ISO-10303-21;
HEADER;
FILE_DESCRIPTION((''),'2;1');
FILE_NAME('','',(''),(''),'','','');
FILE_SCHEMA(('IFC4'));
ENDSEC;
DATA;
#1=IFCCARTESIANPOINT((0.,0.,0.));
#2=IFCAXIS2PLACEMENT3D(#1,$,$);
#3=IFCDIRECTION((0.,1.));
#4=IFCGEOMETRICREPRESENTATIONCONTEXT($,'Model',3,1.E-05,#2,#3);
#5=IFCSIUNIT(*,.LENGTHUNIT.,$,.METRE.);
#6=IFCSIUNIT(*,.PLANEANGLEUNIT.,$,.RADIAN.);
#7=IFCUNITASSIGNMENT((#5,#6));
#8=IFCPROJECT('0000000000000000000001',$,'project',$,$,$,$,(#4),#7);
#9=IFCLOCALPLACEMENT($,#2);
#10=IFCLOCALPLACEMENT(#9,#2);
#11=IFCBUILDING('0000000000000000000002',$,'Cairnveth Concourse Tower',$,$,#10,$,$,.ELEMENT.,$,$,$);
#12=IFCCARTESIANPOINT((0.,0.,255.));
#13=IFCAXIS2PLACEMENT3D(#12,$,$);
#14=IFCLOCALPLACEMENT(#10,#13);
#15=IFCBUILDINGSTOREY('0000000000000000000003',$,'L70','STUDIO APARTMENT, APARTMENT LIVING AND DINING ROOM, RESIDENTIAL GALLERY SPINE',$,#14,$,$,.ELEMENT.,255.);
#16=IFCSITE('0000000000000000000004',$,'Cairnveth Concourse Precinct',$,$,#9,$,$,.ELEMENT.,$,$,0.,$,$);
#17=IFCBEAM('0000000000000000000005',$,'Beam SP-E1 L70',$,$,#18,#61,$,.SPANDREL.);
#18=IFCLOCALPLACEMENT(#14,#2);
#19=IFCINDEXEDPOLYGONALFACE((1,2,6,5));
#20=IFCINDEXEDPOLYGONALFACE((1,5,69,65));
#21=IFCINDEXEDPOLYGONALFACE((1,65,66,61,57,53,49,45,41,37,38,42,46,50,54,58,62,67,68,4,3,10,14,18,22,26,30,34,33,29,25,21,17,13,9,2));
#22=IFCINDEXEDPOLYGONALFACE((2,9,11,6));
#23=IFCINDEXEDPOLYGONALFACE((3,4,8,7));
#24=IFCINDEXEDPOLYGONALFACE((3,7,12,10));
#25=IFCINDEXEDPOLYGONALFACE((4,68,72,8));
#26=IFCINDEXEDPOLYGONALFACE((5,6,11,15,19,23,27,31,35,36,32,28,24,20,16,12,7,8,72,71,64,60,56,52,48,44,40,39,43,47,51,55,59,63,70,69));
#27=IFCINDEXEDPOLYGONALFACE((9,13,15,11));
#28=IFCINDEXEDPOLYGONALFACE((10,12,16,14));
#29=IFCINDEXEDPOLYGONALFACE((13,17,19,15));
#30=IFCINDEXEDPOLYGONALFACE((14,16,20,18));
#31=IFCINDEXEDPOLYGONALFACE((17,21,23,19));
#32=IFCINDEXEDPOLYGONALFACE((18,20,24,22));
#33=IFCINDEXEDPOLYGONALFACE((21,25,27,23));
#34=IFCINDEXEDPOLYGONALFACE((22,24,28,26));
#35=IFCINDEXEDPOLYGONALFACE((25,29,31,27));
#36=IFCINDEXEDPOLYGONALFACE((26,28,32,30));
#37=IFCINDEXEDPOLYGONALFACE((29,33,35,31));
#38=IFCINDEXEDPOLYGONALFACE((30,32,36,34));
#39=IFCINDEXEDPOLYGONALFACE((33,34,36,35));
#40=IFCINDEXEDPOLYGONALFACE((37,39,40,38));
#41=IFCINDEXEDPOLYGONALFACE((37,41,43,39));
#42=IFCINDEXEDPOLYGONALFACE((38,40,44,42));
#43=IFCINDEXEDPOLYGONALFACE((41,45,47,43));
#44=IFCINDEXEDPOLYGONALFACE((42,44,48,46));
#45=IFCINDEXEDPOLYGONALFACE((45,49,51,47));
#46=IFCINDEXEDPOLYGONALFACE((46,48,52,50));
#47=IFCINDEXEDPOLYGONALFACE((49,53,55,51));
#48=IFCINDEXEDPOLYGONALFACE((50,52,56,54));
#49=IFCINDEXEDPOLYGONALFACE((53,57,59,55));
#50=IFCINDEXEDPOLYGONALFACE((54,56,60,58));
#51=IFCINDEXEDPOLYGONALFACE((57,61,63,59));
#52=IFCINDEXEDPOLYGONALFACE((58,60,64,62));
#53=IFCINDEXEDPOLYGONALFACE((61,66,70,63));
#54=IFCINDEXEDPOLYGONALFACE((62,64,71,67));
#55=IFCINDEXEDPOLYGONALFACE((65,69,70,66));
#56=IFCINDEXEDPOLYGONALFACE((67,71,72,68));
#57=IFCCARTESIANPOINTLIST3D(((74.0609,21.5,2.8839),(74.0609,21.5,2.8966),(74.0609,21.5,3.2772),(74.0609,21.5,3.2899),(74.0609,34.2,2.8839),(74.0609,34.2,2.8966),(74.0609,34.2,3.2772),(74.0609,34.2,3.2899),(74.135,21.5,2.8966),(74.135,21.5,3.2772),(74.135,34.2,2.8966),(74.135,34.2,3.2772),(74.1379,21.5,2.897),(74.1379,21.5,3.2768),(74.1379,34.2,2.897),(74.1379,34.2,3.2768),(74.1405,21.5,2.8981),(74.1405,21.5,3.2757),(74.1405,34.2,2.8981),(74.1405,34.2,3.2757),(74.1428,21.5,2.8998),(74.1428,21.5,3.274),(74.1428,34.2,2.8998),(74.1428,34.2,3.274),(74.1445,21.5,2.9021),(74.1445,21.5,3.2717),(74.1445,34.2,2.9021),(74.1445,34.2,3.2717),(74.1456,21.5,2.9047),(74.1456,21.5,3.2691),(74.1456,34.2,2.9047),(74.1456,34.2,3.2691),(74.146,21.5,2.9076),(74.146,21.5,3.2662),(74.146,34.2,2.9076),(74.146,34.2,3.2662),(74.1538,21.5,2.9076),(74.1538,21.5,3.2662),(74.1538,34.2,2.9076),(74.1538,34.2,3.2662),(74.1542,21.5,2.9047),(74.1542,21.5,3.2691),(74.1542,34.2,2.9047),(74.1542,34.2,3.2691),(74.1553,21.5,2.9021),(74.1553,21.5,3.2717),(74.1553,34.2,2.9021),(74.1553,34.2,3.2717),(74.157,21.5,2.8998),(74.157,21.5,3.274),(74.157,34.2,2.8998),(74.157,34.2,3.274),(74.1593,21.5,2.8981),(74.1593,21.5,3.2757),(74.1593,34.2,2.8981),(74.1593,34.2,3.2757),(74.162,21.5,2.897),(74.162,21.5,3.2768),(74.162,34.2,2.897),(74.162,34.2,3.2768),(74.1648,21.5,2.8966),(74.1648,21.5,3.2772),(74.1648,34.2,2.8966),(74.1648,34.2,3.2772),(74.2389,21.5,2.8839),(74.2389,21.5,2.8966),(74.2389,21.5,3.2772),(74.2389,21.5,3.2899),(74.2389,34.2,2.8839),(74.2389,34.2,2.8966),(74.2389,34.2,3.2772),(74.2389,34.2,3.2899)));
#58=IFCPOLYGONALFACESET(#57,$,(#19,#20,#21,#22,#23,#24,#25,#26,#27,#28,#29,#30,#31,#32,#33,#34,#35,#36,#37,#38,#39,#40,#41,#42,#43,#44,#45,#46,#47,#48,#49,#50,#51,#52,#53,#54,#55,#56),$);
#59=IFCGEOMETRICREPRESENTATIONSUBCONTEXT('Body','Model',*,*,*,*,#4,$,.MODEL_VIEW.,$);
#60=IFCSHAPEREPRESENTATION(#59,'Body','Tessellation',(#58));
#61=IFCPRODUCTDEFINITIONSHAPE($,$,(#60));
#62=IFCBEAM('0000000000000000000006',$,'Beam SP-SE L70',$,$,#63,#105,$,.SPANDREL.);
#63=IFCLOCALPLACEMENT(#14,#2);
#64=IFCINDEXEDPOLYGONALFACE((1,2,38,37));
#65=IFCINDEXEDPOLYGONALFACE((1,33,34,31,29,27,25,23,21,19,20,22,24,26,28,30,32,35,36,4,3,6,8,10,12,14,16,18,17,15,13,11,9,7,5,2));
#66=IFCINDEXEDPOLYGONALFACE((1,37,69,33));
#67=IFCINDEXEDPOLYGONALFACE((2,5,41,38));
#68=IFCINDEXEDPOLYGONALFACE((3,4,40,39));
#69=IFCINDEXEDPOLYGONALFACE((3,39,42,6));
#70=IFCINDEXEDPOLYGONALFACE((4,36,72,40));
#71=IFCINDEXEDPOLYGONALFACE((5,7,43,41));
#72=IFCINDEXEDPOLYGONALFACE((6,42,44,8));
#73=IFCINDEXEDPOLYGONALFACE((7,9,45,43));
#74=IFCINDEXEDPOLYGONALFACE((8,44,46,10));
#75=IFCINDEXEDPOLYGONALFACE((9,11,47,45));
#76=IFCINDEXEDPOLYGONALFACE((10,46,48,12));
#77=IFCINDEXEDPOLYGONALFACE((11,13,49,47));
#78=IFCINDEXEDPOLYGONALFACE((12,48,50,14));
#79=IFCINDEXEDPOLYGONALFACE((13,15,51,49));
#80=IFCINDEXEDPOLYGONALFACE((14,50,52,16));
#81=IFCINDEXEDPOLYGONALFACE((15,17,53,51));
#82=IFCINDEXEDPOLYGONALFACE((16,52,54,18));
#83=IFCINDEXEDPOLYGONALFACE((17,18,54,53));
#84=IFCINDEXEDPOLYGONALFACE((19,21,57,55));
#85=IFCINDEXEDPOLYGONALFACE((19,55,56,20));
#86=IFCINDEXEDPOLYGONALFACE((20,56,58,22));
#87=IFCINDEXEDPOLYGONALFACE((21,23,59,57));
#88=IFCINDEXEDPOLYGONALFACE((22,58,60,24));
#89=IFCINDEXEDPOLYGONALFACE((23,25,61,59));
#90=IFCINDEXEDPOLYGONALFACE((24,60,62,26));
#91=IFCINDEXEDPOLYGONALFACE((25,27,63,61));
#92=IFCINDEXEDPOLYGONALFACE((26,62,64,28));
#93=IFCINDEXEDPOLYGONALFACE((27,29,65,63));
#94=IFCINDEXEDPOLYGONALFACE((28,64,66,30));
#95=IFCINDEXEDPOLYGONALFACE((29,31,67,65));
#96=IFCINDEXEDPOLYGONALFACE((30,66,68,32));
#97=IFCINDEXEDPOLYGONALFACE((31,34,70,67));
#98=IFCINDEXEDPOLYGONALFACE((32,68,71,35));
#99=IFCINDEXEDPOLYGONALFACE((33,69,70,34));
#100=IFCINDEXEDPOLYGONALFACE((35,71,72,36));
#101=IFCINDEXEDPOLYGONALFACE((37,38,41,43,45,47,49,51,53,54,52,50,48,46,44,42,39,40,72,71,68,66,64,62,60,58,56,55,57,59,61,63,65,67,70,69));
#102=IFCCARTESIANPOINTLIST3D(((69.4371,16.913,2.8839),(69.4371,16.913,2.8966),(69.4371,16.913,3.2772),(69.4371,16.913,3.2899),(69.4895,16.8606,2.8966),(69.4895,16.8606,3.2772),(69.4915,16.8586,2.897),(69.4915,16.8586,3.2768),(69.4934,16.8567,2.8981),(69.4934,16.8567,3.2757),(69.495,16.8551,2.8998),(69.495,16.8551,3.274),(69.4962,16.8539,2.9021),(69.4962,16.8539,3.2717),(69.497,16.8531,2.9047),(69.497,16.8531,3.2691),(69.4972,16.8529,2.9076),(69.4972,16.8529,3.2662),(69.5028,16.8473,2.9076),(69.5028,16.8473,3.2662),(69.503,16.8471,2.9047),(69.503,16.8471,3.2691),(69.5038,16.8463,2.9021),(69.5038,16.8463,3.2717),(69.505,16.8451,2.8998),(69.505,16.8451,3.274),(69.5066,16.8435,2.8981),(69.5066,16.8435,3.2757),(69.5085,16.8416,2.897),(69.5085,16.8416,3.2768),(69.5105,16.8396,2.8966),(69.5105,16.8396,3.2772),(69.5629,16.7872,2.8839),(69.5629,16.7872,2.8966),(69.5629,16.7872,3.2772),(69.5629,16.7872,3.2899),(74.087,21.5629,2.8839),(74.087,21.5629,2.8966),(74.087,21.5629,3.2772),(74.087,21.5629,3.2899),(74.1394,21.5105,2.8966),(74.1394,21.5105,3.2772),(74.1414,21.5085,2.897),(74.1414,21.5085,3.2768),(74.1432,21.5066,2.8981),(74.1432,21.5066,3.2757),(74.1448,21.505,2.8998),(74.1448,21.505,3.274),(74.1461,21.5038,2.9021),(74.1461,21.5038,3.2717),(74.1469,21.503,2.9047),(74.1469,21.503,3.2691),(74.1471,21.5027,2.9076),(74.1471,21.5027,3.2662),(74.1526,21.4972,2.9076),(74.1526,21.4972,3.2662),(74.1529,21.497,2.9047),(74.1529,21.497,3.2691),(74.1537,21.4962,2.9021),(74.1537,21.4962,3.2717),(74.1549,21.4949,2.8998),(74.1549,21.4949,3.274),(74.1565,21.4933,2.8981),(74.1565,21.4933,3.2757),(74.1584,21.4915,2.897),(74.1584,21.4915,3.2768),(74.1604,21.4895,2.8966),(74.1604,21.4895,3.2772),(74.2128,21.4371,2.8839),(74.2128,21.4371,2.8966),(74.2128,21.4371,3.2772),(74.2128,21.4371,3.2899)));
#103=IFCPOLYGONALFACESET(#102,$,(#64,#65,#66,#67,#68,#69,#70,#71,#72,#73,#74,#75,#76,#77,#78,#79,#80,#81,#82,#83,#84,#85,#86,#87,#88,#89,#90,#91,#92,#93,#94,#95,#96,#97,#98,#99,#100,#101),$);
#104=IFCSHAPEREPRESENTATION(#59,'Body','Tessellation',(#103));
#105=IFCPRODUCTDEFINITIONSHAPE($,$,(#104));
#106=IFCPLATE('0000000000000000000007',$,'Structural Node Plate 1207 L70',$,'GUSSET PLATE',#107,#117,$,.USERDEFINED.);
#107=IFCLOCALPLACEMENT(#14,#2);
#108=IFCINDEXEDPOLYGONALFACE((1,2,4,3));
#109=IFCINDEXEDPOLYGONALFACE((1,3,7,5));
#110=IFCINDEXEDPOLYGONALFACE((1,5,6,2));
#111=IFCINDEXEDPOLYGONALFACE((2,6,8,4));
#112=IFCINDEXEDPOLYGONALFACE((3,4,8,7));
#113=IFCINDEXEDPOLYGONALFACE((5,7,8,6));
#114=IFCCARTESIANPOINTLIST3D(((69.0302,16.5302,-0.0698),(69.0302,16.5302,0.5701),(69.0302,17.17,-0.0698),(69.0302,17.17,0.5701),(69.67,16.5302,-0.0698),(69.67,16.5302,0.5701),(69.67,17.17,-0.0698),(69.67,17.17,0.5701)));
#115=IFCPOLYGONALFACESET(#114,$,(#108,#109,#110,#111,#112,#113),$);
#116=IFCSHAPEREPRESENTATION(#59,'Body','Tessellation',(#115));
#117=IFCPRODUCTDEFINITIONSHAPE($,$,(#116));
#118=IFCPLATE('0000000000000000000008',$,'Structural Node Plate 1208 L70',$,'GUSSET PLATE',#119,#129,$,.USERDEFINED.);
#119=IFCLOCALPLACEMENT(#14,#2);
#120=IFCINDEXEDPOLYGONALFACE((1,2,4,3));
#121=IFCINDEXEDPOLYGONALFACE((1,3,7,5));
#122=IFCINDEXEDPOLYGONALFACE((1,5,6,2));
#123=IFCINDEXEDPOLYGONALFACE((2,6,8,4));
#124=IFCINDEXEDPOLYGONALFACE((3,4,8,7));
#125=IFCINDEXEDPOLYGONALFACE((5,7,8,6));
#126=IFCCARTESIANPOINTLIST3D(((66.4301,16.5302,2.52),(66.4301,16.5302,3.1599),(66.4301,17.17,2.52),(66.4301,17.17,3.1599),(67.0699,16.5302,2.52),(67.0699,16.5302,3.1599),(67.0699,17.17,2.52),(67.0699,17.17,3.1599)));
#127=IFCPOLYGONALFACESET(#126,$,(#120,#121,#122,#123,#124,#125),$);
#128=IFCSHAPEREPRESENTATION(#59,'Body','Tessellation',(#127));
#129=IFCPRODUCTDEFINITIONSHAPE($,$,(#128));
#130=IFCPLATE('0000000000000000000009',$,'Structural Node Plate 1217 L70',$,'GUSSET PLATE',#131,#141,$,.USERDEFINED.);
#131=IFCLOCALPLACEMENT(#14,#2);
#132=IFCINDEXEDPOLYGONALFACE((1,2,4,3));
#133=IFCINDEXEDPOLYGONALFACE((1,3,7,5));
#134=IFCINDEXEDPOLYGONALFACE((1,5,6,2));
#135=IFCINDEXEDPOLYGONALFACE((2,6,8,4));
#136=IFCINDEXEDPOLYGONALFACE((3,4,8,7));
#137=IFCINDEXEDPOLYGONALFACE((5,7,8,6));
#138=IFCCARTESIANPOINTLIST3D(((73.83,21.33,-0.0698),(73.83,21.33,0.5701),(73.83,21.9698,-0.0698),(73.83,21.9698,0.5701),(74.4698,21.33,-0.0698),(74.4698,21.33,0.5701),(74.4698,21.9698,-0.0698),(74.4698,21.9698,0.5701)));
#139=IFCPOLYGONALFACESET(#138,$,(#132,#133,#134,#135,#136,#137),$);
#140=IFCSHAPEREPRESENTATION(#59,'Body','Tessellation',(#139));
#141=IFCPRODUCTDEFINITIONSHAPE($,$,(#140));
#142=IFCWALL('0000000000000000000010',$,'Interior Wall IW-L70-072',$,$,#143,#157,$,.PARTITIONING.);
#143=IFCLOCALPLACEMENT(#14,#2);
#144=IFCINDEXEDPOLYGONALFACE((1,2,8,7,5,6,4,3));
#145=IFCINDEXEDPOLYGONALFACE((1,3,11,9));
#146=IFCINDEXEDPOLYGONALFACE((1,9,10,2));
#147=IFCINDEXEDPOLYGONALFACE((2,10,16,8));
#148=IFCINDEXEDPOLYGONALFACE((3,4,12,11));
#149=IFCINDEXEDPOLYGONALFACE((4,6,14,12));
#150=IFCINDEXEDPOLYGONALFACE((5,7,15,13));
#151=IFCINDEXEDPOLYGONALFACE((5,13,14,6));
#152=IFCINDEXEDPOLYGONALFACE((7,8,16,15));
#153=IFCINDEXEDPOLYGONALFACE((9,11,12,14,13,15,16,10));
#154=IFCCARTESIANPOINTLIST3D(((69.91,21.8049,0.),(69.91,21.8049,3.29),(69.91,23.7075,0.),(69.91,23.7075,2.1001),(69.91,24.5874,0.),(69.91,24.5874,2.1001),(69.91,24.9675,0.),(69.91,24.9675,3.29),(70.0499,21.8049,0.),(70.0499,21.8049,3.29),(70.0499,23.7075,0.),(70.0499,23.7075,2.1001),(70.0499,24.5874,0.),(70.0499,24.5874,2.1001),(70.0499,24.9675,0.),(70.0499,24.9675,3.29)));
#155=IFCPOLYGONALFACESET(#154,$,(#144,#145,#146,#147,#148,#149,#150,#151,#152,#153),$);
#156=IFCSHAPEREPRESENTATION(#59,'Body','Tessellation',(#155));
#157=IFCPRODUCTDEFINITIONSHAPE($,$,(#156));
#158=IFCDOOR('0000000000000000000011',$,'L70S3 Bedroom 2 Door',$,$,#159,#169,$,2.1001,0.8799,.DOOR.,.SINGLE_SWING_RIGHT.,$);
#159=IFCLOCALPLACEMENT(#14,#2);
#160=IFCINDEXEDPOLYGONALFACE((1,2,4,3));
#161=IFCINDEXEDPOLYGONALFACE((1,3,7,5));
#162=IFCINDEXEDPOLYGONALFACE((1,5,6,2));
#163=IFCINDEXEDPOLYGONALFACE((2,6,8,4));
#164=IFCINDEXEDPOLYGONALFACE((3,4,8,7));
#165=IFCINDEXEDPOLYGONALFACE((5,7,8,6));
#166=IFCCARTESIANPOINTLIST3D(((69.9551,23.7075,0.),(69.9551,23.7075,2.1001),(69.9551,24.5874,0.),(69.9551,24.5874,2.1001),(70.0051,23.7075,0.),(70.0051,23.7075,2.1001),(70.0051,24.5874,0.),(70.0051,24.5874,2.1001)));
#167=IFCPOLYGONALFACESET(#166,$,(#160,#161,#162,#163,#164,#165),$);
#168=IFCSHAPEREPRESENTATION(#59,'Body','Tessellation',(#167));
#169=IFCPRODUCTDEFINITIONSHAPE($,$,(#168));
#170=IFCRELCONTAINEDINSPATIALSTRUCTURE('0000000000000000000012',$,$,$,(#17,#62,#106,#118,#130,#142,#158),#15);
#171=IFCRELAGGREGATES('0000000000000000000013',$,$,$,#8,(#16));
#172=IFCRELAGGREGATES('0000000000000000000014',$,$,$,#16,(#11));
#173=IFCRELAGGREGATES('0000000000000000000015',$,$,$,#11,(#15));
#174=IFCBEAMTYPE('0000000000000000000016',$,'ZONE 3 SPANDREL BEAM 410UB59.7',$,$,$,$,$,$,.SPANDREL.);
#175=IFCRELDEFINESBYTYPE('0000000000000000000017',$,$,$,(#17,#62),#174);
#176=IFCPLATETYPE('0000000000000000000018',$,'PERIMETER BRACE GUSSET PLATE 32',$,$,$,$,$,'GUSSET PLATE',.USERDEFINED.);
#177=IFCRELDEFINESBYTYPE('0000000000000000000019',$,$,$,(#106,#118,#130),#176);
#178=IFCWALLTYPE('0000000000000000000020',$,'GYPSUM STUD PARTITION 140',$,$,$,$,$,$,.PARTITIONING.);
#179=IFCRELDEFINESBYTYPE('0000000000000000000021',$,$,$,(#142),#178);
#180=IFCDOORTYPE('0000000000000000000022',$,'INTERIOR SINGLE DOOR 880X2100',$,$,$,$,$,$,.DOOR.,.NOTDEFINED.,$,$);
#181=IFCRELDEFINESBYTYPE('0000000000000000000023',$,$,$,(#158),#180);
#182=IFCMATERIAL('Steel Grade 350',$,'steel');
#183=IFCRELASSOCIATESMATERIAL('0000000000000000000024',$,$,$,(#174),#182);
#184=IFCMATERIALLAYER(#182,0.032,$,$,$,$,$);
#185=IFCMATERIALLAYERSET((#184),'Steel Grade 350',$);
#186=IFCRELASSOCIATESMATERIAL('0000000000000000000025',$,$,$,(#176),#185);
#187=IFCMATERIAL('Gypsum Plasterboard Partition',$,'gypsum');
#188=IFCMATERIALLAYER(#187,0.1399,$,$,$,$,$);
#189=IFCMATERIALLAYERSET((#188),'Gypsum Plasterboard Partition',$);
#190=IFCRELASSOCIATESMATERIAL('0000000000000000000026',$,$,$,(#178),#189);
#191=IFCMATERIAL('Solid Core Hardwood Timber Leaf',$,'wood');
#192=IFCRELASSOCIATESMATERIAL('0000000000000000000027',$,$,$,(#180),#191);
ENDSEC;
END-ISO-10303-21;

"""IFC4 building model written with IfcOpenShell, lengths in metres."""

from ifc_helpers import new_model, si_unit, direction, frame, frame_2d, origin, origin_2d, place, context, subcontext, project, spatial, rectangle, i_section, extrude, material, layer, layer_set, material_profile, profile_set, type_object, element, fill, save


model = new_model("IFC4")

# Units and contexts
model_context = context("Model", 3, precision=1e-05, world=origin(), true_north=direction((0.0, 1.0)))
body_context = subcontext(model_context, "Body", "Model", "MODEL_VIEW")
ifc_project = project(units=[si_unit("LENGTHUNIT", "METRE"), si_unit("PLANEANGLEUNIT", "RADIAN")], contexts=[model_context])

# Site, building, storey
site_placement = place(None, origin())
site = spatial("IfcSite", under=ifc_project, at=site_placement, Name="Cairnveth Concourse Precinct", CompositionType="ELEMENT", RefElevation=0.0)
building_placement = place(site_placement, origin())
building = spatial("IfcBuilding", under=site, at=building_placement, Name="Cairnveth Concourse Tower", CompositionType="ELEMENT")
storey_placement = place(building_placement, frame((0.0, 0.0, 255.0)))
storey = spatial("IfcBuildingStorey", under=building, at=storey_placement, Name="L70", Description="STUDIO APARTMENT, APARTMENT LIVING AND DINING ROOM, RESIDENTIAL GALLERY SPINE", CompositionType="ELEMENT", Elevation=255.0)

# Shared definitions
ifc_material_1 = material(Name="Steel Grade 350", Category="steel")

# Beams
ifc_material_profile_1 = material_profile(ifc_material_1, i_section(OverallWidth=0.178, OverallDepth=0.406, WebThickness=0.0078, FlangeThickness=0.0127, FilletRadius=0.011, at=origin_2d()), Name="410UB59.7")
ifc_profile_set_1 = profile_set([ifc_material_profile_1], Name="Steel Grade 350")
beam_type_1 = type_object("IfcBeamType", Name="ZONE 3 SPANDREL BEAM 410UB59.7", PredefinedType="SPANDREL", material=ifc_profile_set_1)
beam_1_placement = place(storey_placement, frame((74.1499, 21.5, 3.0869), z_axis=(0.0, 1.0, 0.0), x_axis=(-1.0, 0.0, 0.0)))
element("IfcBeam", 1, at=beam_1_placement, inside=storey, type_object=beam_type_1, Name="Beam SP-E1 L70", PredefinedType="SPANDREL", context=body_context, shape_type="SweptSolid", body=[
    extrude(i_section(OverallWidth=0.178, OverallDepth=0.406, WebThickness=0.0078, FlangeThickness=0.0127, FilletRadius=0.011, at=origin_2d()), origin(), (0.0, 0.0, 1.0), 12.7),
])
beam_2_placement = place(storey_placement, frame((69.5, 16.8501, 3.0869), z_axis=(0.707107, 0.707107, 0.0), x_axis=(-0.707107, 0.707107, 0.0)))
element("IfcBeam", 2, at=beam_2_placement, inside=storey, type_object=beam_type_1, Name="Beam SP-SE L70", PredefinedType="SPANDREL", context=body_context, shape_type="SweptSolid", body=[
    extrude(i_section(OverallWidth=0.178, OverallDepth=0.406, WebThickness=0.0078, FlangeThickness=0.0127, FilletRadius=0.011, at=origin_2d()), origin(), (0.0, 0.0, 1.0), 6.5759),
])

# Plates
ifc_layer_1 = layer(ifc_material_1, 0.032)
ifc_layer_set_1 = layer_set([ifc_layer_1], Name="Steel Grade 350")
plate_type = type_object("IfcPlateType", Name="PERIMETER BRACE GUSSET PLATE 32", ElementType="GUSSET PLATE", PredefinedType="USERDEFINED", material=ifc_layer_set_1)
for number, where, z_axis, x_axis, name in (
    (3, (69.3501, 16.8501, -0.0698), (0.0, 0.0, 1.0), (1.0, 0.0, 0.0), "Structural Node Plate 1207 L70"),
    (4, (66.75, 16.8501, 2.52), (0.0, 0.0, 1.0), (1.0, 0.0, 0.0), "Structural Node Plate 1208 L70"),
    (5, (74.1499, 21.6499, -0.0698), (0.0, 0.0, 1.0), (1.0, 0.0, 0.0), "Structural Node Plate 1217 L70"),
):
    element("IfcPlate", number, at=place(storey_placement, frame(where, z_axis=z_axis, x_axis=x_axis)), inside=storey, type_object=plate_type, Name=name, ObjectType="GUSSET PLATE", PredefinedType="USERDEFINED", context=body_context, shape_type="SweptSolid", body=[
        extrude(rectangle(XDim=0.6399, YDim=0.6399, at=origin_2d()), origin(), (0.0, 0.0, 1.0), 0.6399),
    ])

# Wall, opening, door
ifc_material_2 = material(Name="Gypsum Plasterboard Partition", Category="gypsum")
ifc_layer_2 = layer(ifc_material_2, 0.1399)
ifc_layer_set_2 = layer_set([ifc_layer_2], Name="Gypsum Plasterboard Partition")
wall_type_1 = type_object("IfcWallType", Name="GYPSUM STUD PARTITION 140", PredefinedType="PARTITIONING", material=ifc_layer_set_2)
wall_1_placement = place(storey_placement, frame((69.98, 21.8049, 0.0), z_axis=(0.0, 0.0, 1.0), x_axis=(0.0, 1.0, 0.0)))
wall_1 = element("IfcWall", 6, at=wall_1_placement, inside=storey, type_object=wall_type_1, Name="Interior Wall IW-L70-072", PredefinedType="PARTITIONING", context=body_context, shape_type="SweptSolid", body=[
    extrude(rectangle(XDim=3.1626, YDim=0.1399, at=frame_2d((1.5813, 0.0))), origin(), (0.0, 0.0, 1.0), 3.29),
])
opening_1_placement = place(wall_1_placement, frame((1.9026, 0.0, 0.0)))
opening_1 = element("IfcOpeningElement", 7, at=opening_1_placement, cuts=wall_1, PredefinedType="OPENING", context=body_context, shape_type="SweptSolid", body=[
    extrude(rectangle(XDim=0.8799, YDim=2.1001, at=frame_2d((0.4399, 1.05))), frame((0.0, 0.0798, 0.0), z_axis=(0.0, -1.0, 0.0), x_axis=(1.0, 0.0, 0.0)), (0.0, 0.0, 1.0), 0.1599),
])
ifc_material_3 = material(Name="Solid Core Hardwood Timber Leaf", Category="wood")
door_type = type_object("IfcDoorType", Name="INTERIOR SINGLE DOOR 880X2100", OperationType="NOTDEFINED", PredefinedType="DOOR", material=ifc_material_3)
door_placement = place(opening_1_placement, origin())
door = element("IfcDoor", 8, at=door_placement, inside=storey, type_object=door_type, Name="L70S3 Bedroom 2 Door", OperationType="SINGLE_SWING_RIGHT", OverallHeight=2.1001, OverallWidth=0.8799, PredefinedType="DOOR", context=body_context, shape_type="SweptSolid", body=[
    extrude(rectangle(XDim=0.8799, YDim=2.1001, at=frame_2d((0.4399, 1.05))), frame((0.0, 0.0249, 0.0), z_axis=(0.0, -1.0, 0.0), x_axis=(1.0, 0.0, 0.0)), (0.0, 0.0, 1.0), 0.05),
])
fill(opening_1, door)

save(model, "model.ifc")
